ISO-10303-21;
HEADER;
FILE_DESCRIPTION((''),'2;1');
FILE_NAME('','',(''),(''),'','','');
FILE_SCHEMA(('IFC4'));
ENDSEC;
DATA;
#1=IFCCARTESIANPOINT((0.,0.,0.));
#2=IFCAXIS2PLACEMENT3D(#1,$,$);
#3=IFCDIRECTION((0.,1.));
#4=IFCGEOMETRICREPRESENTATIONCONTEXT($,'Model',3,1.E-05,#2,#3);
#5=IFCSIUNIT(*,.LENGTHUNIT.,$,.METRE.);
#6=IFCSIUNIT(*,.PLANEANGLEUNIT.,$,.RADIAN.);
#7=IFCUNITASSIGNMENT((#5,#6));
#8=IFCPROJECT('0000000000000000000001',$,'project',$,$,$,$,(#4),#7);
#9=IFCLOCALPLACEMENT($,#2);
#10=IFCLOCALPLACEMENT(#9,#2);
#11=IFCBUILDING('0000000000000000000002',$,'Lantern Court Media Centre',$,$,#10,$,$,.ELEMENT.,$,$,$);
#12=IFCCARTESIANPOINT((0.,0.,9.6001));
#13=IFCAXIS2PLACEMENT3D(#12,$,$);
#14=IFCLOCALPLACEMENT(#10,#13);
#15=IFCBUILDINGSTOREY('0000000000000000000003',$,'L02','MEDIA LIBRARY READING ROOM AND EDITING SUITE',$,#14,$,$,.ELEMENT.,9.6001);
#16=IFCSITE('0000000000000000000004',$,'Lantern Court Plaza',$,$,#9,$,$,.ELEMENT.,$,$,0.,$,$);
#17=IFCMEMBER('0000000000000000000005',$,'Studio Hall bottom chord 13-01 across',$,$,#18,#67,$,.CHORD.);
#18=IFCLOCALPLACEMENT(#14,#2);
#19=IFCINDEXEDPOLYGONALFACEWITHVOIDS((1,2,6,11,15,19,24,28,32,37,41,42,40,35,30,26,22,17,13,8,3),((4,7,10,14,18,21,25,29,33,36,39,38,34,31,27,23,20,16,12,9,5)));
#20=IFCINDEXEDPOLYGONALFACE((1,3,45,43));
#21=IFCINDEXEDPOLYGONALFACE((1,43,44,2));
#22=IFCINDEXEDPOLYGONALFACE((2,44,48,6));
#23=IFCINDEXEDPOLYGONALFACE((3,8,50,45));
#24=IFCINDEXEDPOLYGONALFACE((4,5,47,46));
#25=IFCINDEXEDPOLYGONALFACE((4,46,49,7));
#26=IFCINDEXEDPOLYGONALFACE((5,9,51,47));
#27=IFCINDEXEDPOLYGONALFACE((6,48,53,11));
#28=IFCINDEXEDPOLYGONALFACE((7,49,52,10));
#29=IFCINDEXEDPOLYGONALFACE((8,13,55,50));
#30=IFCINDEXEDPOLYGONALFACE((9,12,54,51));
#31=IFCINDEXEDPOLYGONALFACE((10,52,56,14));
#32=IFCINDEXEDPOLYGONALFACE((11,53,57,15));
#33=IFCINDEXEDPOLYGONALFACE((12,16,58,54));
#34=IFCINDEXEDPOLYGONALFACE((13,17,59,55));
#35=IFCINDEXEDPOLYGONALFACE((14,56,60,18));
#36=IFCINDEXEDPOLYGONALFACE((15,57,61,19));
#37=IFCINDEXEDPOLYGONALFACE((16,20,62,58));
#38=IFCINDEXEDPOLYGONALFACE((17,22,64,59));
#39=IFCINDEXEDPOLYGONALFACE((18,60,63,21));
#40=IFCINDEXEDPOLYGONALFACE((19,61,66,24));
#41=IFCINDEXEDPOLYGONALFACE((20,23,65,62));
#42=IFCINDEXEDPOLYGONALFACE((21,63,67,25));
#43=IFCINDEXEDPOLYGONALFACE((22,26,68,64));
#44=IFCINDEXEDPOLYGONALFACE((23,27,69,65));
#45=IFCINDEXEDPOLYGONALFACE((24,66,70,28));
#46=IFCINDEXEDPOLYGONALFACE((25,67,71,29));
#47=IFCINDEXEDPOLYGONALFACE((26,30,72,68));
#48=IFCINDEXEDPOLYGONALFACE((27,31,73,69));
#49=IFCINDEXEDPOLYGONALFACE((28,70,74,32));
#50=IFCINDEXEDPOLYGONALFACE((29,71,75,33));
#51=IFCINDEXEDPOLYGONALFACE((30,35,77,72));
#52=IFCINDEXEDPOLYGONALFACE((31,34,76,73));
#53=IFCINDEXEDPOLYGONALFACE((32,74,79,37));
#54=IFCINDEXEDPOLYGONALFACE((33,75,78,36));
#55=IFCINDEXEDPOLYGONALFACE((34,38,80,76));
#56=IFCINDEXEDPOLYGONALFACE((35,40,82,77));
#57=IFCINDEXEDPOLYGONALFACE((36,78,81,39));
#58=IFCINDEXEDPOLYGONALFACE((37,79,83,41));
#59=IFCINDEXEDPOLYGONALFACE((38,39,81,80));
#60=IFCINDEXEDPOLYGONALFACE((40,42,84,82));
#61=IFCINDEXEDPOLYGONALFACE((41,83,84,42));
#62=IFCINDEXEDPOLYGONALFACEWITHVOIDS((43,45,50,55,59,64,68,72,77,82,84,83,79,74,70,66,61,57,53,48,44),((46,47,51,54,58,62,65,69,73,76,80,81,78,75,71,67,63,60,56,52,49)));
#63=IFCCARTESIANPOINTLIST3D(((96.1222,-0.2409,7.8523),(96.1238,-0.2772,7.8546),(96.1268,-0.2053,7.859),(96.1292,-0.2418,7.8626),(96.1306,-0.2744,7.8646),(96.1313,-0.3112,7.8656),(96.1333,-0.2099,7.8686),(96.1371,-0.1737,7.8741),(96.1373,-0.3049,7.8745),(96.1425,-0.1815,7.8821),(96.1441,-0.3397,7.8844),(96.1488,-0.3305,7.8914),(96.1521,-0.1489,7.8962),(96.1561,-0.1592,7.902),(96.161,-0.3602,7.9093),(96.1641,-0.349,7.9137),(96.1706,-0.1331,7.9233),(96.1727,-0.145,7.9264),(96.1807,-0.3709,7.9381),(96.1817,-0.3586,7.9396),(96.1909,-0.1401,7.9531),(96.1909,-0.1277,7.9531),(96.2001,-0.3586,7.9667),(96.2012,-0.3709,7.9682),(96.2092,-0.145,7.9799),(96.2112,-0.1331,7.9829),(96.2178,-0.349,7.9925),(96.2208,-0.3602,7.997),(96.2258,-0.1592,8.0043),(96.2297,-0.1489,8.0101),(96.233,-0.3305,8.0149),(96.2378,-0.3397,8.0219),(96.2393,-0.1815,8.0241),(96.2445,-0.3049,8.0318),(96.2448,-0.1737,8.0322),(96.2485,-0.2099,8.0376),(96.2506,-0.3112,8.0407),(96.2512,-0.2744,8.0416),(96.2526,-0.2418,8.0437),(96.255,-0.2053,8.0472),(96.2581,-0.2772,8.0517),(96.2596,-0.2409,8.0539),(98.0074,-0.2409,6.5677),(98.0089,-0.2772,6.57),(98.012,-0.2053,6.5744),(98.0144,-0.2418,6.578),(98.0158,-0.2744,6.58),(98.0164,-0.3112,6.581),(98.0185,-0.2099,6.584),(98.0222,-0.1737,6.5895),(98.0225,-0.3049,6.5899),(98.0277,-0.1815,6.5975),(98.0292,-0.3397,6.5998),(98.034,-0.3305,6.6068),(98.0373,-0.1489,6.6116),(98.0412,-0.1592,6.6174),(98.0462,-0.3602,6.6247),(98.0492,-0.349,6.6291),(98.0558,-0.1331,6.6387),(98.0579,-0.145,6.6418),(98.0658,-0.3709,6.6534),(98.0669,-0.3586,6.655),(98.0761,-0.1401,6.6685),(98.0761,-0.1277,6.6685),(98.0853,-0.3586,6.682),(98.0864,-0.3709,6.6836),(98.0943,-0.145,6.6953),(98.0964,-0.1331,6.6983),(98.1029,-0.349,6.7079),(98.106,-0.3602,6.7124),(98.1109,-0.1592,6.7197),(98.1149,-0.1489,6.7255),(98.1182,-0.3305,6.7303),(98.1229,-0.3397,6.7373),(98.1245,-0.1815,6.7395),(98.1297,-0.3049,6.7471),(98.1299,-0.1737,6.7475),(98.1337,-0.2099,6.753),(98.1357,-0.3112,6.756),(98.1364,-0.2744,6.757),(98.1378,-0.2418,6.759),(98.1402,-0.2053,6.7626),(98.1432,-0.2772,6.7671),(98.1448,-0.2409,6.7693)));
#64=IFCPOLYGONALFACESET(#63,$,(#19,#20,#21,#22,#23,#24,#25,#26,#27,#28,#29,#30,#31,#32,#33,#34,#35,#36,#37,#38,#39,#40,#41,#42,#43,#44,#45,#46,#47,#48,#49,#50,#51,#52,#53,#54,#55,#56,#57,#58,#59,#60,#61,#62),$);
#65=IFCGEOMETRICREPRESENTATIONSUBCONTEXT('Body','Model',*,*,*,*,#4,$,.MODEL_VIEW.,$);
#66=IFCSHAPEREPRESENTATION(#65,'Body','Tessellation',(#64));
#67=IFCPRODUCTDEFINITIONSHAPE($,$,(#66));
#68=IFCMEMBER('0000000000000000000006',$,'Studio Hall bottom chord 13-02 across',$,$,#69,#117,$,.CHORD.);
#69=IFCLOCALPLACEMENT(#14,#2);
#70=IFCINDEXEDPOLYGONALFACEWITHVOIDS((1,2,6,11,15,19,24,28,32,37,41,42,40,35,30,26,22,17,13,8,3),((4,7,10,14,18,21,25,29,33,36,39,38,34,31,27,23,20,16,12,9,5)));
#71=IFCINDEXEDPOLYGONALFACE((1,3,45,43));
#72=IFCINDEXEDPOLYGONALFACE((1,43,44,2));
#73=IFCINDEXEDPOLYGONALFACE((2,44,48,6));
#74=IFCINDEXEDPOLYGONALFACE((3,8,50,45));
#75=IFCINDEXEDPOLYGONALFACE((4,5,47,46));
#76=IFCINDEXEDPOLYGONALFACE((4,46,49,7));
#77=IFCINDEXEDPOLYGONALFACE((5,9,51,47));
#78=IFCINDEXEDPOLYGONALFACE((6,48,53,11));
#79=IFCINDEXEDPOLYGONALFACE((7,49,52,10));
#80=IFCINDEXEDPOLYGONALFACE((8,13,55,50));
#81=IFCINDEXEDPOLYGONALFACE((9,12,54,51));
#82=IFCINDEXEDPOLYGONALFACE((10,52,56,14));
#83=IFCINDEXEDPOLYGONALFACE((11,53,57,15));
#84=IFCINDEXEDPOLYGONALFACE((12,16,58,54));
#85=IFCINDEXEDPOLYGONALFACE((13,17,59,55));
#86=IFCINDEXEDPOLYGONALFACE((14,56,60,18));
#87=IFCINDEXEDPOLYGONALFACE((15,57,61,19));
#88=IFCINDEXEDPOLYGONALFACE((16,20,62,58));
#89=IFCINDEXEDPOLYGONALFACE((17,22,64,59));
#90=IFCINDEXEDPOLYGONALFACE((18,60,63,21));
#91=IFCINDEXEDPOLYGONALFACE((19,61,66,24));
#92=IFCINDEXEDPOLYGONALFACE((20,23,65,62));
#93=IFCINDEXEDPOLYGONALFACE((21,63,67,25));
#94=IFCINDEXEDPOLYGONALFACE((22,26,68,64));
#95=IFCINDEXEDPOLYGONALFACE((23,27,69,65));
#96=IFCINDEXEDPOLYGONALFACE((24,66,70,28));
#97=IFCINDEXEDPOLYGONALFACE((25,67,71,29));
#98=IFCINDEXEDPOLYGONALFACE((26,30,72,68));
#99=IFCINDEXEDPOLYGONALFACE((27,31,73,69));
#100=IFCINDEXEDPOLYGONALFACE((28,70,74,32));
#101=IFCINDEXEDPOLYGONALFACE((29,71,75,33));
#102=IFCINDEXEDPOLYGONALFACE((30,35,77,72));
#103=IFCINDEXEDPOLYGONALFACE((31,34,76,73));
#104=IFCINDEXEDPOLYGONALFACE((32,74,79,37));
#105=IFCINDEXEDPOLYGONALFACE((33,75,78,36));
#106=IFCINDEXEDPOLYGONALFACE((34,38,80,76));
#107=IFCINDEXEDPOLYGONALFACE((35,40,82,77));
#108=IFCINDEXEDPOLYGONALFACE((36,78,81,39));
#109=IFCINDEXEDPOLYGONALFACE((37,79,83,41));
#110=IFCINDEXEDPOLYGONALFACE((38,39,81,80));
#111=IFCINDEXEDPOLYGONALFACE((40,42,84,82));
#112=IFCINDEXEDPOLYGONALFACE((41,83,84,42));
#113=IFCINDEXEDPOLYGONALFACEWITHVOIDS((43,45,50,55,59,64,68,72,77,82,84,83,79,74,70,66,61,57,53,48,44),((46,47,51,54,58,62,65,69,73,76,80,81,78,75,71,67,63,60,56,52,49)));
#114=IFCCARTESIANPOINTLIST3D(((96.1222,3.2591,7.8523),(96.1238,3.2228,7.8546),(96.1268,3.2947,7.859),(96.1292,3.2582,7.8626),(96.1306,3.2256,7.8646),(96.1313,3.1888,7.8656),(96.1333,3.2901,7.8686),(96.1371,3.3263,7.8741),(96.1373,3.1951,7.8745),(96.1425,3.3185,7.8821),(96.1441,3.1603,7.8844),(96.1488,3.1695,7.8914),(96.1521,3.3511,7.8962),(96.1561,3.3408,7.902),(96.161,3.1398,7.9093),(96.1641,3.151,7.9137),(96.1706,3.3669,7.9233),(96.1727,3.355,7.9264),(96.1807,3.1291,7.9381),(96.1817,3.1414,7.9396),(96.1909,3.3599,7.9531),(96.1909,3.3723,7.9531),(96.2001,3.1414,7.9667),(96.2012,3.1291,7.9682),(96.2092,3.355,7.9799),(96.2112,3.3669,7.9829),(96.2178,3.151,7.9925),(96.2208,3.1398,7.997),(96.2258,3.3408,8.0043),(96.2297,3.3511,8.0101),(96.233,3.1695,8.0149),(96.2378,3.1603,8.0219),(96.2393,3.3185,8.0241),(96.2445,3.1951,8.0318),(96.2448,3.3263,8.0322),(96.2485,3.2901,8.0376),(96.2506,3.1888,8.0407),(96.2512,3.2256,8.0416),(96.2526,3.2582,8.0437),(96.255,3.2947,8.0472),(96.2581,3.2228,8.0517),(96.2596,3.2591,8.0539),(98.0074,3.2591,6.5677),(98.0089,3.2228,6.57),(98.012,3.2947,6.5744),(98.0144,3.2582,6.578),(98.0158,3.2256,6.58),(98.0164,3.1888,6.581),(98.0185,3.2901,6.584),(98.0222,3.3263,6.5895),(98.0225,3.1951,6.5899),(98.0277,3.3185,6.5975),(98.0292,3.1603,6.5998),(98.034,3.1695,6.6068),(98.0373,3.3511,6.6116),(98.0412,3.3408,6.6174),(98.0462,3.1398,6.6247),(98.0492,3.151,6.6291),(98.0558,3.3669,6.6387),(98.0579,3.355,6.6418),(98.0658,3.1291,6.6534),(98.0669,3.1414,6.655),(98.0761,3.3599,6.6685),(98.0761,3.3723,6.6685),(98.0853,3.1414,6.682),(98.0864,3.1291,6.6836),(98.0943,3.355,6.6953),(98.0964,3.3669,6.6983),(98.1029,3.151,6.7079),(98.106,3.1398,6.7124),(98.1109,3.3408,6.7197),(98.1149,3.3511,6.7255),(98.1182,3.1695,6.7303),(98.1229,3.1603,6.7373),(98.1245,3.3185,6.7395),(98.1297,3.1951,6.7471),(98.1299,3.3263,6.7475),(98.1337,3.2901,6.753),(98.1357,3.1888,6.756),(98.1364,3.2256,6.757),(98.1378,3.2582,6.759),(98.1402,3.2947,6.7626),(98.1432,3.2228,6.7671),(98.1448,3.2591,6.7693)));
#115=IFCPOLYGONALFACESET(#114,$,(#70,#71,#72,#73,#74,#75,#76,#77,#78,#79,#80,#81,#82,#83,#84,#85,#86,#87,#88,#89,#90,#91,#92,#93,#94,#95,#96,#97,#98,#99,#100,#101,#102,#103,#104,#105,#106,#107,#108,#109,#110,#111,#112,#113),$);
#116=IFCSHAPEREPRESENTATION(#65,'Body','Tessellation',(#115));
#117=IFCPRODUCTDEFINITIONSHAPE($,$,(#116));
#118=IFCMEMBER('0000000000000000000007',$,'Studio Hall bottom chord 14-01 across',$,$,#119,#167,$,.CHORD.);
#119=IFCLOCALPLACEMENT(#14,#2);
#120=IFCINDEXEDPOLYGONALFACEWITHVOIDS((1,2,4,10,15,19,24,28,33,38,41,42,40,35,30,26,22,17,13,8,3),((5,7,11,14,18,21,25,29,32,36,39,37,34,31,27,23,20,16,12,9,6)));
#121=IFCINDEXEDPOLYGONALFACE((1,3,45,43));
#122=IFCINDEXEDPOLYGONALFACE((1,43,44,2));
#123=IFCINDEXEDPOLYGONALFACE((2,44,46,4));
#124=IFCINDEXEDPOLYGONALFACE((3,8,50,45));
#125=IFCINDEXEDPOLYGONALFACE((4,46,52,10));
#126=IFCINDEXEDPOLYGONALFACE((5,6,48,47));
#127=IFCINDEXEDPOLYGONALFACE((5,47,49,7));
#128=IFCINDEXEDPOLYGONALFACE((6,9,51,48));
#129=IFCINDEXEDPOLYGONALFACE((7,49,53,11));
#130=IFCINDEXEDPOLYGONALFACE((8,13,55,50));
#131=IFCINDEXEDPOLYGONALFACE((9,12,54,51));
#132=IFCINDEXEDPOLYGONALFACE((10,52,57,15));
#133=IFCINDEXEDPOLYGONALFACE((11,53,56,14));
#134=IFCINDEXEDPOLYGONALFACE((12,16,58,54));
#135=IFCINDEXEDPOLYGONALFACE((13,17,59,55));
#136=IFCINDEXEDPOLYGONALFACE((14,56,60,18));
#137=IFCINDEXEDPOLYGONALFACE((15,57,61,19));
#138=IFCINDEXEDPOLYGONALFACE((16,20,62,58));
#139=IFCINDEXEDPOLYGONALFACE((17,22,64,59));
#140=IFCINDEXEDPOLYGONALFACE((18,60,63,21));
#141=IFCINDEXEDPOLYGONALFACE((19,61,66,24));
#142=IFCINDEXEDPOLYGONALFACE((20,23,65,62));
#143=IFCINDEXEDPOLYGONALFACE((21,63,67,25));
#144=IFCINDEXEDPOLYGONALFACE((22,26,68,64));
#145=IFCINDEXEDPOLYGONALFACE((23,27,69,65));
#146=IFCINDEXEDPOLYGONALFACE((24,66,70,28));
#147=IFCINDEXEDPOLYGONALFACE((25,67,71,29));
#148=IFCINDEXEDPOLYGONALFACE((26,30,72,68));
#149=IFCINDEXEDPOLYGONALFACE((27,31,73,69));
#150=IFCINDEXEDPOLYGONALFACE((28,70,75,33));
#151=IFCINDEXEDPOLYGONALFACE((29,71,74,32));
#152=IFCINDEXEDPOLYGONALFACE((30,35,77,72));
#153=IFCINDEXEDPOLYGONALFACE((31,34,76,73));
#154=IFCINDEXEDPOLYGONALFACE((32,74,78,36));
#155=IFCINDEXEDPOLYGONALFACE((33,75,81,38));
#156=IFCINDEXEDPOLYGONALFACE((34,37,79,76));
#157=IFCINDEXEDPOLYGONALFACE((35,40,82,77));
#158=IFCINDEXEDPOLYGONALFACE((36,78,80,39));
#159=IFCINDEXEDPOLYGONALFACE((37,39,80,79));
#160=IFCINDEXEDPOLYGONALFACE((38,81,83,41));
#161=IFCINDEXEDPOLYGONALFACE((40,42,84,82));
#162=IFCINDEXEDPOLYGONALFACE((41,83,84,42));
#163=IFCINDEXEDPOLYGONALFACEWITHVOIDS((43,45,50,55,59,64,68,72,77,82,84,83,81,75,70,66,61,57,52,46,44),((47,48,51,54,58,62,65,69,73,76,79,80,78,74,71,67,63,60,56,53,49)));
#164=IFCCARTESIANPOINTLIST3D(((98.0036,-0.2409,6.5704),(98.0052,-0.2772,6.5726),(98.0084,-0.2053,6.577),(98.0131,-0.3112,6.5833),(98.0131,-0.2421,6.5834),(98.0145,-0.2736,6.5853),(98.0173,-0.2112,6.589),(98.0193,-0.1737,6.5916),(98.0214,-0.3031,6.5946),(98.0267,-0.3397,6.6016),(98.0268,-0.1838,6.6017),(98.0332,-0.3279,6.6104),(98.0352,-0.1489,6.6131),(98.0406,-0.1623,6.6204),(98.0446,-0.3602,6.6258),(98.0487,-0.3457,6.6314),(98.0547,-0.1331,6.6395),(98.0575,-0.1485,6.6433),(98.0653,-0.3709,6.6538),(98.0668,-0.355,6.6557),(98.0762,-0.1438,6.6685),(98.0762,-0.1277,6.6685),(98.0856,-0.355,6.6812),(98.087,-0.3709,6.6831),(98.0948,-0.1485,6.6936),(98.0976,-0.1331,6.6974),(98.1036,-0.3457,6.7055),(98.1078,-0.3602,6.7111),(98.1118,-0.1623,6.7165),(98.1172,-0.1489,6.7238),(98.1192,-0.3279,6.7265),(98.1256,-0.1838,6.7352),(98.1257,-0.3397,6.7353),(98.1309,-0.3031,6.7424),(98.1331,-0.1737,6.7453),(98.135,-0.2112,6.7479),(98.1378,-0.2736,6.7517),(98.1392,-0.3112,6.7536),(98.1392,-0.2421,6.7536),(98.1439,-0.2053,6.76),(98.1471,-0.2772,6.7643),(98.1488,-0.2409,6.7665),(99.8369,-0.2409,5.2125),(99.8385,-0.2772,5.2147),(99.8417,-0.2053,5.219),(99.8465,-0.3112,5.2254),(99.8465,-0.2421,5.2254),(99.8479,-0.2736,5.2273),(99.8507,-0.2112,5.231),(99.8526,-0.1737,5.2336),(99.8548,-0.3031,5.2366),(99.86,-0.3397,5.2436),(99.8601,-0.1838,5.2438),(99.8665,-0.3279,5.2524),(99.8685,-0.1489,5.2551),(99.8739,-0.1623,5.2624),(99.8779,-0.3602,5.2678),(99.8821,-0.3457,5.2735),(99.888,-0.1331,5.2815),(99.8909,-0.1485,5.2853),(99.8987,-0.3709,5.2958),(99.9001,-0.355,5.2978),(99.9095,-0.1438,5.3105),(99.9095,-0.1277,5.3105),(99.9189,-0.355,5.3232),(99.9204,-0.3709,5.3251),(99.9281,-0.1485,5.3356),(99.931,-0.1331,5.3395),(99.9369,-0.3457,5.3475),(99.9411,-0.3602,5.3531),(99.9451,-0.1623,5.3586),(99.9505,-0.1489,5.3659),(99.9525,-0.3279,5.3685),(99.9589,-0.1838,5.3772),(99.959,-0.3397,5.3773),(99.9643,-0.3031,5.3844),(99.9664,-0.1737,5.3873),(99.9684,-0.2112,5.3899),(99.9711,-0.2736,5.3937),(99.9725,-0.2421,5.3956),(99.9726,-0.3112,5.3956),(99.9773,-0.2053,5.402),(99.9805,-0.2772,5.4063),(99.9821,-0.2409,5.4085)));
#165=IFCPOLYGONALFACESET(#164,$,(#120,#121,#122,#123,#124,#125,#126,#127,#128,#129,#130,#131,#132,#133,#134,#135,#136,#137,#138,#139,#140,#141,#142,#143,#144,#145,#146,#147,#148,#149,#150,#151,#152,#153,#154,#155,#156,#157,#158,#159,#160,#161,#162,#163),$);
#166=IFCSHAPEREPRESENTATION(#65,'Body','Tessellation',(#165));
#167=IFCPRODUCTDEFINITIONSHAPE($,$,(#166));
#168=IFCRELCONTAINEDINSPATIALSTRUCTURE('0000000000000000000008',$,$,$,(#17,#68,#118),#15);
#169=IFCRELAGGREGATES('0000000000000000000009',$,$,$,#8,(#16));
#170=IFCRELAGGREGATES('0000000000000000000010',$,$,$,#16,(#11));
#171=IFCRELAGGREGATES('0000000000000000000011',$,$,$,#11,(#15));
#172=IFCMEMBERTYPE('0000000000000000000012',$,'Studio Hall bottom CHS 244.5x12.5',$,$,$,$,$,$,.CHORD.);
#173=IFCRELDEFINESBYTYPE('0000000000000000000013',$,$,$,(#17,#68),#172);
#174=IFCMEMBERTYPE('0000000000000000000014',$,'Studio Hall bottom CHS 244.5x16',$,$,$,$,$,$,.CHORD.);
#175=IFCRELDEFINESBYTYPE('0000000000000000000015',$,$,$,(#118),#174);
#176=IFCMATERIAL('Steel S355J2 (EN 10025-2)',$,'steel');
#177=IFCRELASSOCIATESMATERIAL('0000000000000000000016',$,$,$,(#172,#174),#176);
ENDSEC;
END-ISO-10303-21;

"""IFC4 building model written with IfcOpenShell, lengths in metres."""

from ifc_helpers import new_model, si_unit, direction, frame, origin, origin_2d, place, context, subcontext, project, spatial, hollow_circle, extrude, material, material_profile, profile_set, type_object, element, save


model = new_model("IFC4")

# Units and contexts
model_context = context("Model", 3, precision=1e-05, world=origin(), true_north=direction((0.0, 1.0)))
body_context = subcontext(model_context, "Body", "Model", "MODEL_VIEW")
ifc_project = project(units=[si_unit("LENGTHUNIT", "METRE"), si_unit("PLANEANGLEUNIT", "RADIAN")], contexts=[model_context])

# Site, building, storey
site_placement = place(None, origin())
site = spatial("IfcSite", under=ifc_project, at=site_placement, Name="Lantern Court Plaza", CompositionType="ELEMENT", RefElevation=0.0)
building_placement = place(site_placement, origin())
building = spatial("IfcBuilding", under=site, at=building_placement, Name="Lantern Court Media Centre", CompositionType="ELEMENT")
storey_placement = place(building_placement, frame((0.0, 0.0, 9.6001)))
storey = spatial("IfcBuildingStorey", under=building, at=storey_placement, Name="L02", Description="MEDIA LIBRARY READING ROOM AND EDITING SUITE", CompositionType="ELEMENT", Elevation=9.6001)

# Members
ifc_material = material(Name="Steel S355J2 (EN 10025-2)", Category="steel")
ifc_material_profile_1 = material_profile(ifc_material, hollow_circle(Radius=0.1223, WallThickness=0.0125, at=origin_2d()), Name="Studio Hall bottom CHS 244.5x12.5")
ifc_profile_set_1 = profile_set([ifc_material_profile_1], Name="Steel S355J2 (EN 10025-2)")
member_type_1 = type_object("IfcMemberType", Name="Studio Hall bottom CHS 244.5x12.5", PredefinedType="CHORD", material=ifc_profile_set_1)
for number, where, z_axis, x_axis, name in (
    (1, (96.1909, -0.25, 7.9531), (0.826377, 0.0, -0.563118), (0.0, 1.0, 0.0), "Studio Hall bottom chord 13-01 across"),
    (2, (96.1909, 3.25, 7.9531), (0.826377, 0.0, -0.563118), (0.0, 1.0, 0.0), "Studio Hall bottom chord 13-02 across"),
):
    element("IfcMember", number, at=place(storey_placement, frame(where, z_axis=z_axis, x_axis=x_axis)), inside=storey, type_object=member_type_1, Name=name, PredefinedType="CHORD", context=body_context, shape_type="SweptSolid", body=[
        extrude(hollow_circle(Radius=0.1223, WallThickness=0.0125, at=origin_2d()), origin(), (0.0, 0.0, 1.0), 2.2812),
    ])
ifc_material_profile_2 = material_profile(ifc_material, hollow_circle(Radius=0.1223, WallThickness=0.0161, at=origin_2d()), Name="Studio Hall bottom CHS 244.5x16")
ifc_profile_set_2 = profile_set([ifc_material_profile_2], Name="Steel S355J2 (EN 10025-2)")
member_type_2 = type_object("IfcMemberType", Name="Studio Hall bottom CHS 244.5x16", PredefinedType="CHORD", material=ifc_profile_set_2)
member_1_placement = place(storey_placement, frame((98.0762, -0.25, 6.6685), z_axis=(0.803569, 0.0, -0.595212), x_axis=(0.0, 1.0, 0.0)))
element("IfcMember", 3, at=member_1_placement, inside=storey, type_object=member_type_2, Name="Studio Hall bottom chord 14-01 across", PredefinedType="CHORD", context=body_context, shape_type="SweptSolid", body=[
    extrude(hollow_circle(Radius=0.1223, WallThickness=0.0161, at=origin_2d()), origin(), (0.0, 0.0, 1.0), 2.2815),
])

save(model, "model.ifc")
